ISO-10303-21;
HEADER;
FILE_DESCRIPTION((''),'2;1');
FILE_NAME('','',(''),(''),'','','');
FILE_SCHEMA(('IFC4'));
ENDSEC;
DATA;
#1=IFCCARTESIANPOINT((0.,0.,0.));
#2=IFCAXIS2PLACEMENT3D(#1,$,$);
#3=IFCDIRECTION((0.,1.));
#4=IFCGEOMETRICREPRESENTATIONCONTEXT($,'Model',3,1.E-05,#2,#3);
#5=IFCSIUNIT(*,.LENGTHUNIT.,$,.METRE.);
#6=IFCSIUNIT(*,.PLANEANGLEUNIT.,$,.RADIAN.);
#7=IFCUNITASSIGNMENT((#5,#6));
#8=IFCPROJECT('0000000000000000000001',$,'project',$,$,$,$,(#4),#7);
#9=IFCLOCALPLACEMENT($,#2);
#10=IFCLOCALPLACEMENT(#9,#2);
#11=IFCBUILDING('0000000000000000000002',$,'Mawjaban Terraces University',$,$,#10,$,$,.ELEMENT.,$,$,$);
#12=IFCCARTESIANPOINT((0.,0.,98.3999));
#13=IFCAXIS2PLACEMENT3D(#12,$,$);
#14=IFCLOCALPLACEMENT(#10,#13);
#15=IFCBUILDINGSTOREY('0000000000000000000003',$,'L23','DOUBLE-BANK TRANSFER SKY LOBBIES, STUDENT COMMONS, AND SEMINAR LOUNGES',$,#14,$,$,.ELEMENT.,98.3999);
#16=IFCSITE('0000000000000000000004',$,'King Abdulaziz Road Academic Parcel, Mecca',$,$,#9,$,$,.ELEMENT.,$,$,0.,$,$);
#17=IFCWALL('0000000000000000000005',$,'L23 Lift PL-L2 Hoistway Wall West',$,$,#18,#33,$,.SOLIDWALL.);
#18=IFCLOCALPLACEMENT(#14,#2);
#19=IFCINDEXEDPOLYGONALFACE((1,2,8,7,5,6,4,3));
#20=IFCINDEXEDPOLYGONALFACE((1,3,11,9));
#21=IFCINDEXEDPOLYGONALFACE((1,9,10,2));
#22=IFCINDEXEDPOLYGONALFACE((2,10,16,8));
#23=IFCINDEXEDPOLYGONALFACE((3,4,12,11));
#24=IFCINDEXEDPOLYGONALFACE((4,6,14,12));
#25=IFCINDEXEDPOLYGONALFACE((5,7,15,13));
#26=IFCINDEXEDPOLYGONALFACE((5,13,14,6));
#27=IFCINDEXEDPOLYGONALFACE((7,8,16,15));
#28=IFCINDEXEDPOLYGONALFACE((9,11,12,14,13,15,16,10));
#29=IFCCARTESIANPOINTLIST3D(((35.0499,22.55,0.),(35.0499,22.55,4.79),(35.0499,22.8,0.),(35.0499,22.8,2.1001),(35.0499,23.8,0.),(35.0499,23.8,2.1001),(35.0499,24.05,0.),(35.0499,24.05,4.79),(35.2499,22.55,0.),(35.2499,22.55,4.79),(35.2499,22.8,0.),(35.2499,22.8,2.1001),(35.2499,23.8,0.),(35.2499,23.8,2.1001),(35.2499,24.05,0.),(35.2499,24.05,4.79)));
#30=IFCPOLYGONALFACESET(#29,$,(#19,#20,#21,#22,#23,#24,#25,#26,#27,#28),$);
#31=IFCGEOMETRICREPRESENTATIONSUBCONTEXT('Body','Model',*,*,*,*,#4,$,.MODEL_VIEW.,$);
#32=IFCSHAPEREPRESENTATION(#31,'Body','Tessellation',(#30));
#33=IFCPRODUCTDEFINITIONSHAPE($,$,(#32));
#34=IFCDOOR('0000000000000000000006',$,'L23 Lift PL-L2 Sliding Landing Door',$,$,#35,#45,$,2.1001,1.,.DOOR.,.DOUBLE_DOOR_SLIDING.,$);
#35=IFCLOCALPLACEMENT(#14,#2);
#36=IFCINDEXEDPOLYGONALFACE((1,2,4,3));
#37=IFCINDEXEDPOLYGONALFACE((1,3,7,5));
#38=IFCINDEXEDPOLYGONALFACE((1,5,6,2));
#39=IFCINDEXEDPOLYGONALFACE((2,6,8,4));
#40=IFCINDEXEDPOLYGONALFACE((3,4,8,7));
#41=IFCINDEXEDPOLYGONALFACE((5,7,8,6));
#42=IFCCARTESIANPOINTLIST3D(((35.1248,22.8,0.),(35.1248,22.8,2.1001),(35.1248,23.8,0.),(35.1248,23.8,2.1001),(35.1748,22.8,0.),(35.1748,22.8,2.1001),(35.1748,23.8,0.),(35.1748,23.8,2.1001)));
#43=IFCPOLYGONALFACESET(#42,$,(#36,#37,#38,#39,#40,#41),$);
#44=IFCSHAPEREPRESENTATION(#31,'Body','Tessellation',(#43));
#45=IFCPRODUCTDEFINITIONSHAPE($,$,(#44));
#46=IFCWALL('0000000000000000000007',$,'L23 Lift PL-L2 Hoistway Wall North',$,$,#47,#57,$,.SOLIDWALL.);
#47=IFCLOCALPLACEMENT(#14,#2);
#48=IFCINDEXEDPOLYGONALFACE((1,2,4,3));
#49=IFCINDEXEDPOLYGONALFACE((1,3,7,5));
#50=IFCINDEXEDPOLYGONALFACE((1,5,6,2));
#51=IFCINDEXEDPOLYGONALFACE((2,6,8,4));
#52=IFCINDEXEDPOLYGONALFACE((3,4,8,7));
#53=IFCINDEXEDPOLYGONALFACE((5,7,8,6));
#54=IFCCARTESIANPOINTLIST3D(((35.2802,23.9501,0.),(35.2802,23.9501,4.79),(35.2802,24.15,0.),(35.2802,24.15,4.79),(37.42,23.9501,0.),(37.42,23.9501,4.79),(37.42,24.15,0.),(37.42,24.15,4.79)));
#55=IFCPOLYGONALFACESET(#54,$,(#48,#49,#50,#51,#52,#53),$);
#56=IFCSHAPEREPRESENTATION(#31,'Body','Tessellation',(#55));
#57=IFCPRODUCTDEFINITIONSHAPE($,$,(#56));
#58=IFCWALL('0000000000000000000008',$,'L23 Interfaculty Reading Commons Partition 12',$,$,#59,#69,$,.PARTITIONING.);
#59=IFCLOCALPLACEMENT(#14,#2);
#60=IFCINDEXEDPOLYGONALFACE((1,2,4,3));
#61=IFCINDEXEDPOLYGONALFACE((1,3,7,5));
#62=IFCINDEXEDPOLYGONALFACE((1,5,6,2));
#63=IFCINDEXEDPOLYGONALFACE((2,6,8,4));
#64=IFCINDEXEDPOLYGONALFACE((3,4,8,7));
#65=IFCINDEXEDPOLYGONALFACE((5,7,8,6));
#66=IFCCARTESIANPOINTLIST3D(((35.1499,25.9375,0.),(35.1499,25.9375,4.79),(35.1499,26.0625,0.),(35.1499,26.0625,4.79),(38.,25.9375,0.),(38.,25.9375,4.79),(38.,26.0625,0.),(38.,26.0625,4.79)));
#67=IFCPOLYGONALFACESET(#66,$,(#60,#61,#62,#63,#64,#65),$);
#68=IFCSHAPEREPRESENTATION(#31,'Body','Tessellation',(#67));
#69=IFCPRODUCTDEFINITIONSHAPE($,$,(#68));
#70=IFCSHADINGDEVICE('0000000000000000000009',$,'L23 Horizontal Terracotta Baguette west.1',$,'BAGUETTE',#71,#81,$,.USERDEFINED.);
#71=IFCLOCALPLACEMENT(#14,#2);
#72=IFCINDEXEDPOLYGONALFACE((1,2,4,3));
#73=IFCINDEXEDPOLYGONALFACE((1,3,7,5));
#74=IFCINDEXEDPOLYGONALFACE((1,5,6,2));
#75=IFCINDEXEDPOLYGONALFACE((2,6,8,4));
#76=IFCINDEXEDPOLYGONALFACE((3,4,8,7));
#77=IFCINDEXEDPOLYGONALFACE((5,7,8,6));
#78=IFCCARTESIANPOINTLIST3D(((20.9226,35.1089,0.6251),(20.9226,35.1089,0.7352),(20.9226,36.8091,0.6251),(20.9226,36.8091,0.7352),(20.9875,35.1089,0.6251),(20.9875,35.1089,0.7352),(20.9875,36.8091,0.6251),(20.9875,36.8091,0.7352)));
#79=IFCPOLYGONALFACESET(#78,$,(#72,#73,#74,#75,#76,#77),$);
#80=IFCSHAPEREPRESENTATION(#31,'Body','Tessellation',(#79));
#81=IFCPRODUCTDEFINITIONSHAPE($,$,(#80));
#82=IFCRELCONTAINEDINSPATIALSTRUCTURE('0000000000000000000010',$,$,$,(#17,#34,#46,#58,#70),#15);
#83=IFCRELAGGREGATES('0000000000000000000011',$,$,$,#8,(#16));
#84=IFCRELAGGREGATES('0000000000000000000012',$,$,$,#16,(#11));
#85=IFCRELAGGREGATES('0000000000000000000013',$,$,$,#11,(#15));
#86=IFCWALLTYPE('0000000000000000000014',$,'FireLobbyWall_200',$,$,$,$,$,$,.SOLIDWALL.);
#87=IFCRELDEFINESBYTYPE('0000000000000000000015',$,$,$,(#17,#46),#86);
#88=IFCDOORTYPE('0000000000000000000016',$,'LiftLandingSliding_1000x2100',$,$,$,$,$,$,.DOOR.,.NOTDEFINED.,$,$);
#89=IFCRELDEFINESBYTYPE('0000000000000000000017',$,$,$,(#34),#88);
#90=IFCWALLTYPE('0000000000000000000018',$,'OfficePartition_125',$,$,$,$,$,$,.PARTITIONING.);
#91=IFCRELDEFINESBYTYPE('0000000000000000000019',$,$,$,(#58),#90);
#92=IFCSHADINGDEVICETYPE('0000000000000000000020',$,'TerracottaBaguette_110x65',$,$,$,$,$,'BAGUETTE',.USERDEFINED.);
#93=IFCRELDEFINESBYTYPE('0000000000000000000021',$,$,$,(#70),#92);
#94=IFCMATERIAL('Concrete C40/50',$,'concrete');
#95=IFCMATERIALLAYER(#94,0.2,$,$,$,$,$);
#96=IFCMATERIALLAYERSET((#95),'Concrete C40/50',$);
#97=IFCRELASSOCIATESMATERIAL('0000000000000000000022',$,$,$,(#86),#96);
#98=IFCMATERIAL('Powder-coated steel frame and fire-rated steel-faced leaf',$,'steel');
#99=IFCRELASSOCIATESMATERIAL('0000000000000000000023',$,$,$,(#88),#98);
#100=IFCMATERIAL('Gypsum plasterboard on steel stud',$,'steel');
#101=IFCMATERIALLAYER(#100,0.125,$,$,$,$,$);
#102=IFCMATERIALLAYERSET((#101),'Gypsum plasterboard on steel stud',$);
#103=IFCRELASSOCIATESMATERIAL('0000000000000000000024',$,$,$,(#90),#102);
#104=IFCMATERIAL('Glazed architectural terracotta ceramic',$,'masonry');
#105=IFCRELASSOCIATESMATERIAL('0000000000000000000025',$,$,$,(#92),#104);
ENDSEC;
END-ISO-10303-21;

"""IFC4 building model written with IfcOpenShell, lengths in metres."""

from ifc_helpers import new_model, si_unit, direction, frame, frame_2d, origin, origin_2d, place, context, subcontext, project, spatial, rectangle, extrude, material, layer, layer_set, material_profile, profile_set, type_object, element, fill, save


model = new_model("IFC4")

# Units and contexts
model_context = context("Model", 3, precision=1e-05, world=origin(), true_north=direction((0.0, 1.0)))
body_context = subcontext(model_context, "Body", "Model", "MODEL_VIEW")
ifc_project = project(units=[si_unit("LENGTHUNIT", "METRE"), si_unit("PLANEANGLEUNIT", "RADIAN")], contexts=[model_context])

# Site, building, storey
site_placement = place(None, origin())
site = spatial("IfcSite", under=ifc_project, at=site_placement, Name="King Abdulaziz Road Academic Parcel, Mecca", CompositionType="ELEMENT", RefElevation=0.0)
building_placement = place(site_placement, origin())
building = spatial("IfcBuilding", under=site, at=building_placement, Name="Mawjaban Terraces University", CompositionType="ELEMENT")
storey_placement = place(building_placement, frame((0.0, 0.0, 98.3999)))
storey = spatial("IfcBuildingStorey", under=building, at=storey_placement, Name="L23", Description="DOUBLE-BANK TRANSFER SKY LOBBIES, STUDENT COMMONS, AND SEMINAR LOUNGES", CompositionType="ELEMENT", Elevation=98.3999)

# Wall, opening, door
ifc_material_1 = material(Name="Concrete C40/50", Category="concrete")
ifc_layer_1 = layer(ifc_material_1, 0.2)
ifc_layer_set_1 = layer_set([ifc_layer_1], Name="Concrete C40/50")
wall_type_1 = type_object("IfcWallType", Name="FireLobbyWall_200", PredefinedType="SOLIDWALL", material=ifc_layer_set_1)
wall_1_placement = place(storey_placement, frame((35.1499, 24.05, 0.0), z_axis=(0.0, 0.0, 1.0), x_axis=(0.0, -1.0, 0.0)))
wall_1 = element("IfcWall", 1, at=wall_1_placement, inside=storey, type_object=wall_type_1, Name="L23 Lift PL-L2 Hoistway Wall West", PredefinedType="SOLIDWALL", context=body_context, shape_type="SweptSolid", body=[
    extrude(rectangle(XDim=1.5, YDim=0.2, at=frame_2d((0.75, 0.0))), origin(), (0.0, 0.0, 1.0), 4.79),
])
opening_1_placement = place(wall_1_placement, frame((0.25, 0.0, 0.0)))
opening_1 = element("IfcOpeningElement", 2, at=opening_1_placement, cuts=wall_1, PredefinedType="OPENING", context=body_context, shape_type="SweptSolid", body=[
    extrude(rectangle(XDim=1.0, YDim=2.1001, at=frame_2d((0.5, 1.05))), frame((0.0, 0.1099, 0.0), z_axis=(0.0, -1.0, 0.0), x_axis=(1.0, 0.0, 0.0)), (0.0, 0.0, 1.0), 0.22),
])
ifc_material_2 = material(Name="Powder-coated steel frame and fire-rated steel-faced leaf", Category="steel")
door_type_1 = type_object("IfcDoorType", Name="LiftLandingSliding_1000x2100", OperationType="NOTDEFINED", PredefinedType="DOOR", material=ifc_material_2)
door_1_placement = place(opening_1_placement, origin())
door_1 = element("IfcDoor", 3, at=door_1_placement, inside=storey, type_object=door_type_1, Name="L23 Lift PL-L2 Sliding Landing Door", OperationType="DOUBLE_DOOR_SLIDING", OverallHeight=2.1001, OverallWidth=1.0, PredefinedType="DOOR", context=body_context, shape_type="SweptSolid", body=[
    extrude(rectangle(XDim=1.0, YDim=2.1001, at=frame_2d((0.5, 1.05))), frame((0.0, 0.0249, 0.0), z_axis=(0.0, -1.0, 0.0), x_axis=(1.0, 0.0, 0.0)), (0.0, 0.0, 1.0), 0.05),
])
fill(opening_1, door_1)

# Walls
wall_2_placement = place(storey_placement, frame((37.4199, 24.05, 0.0), z_axis=(0.0, 0.0, 1.0), x_axis=(-1.0, 0.0, 0.0)))
element("IfcWall", 4, at=wall_2_placement, inside=storey, type_object=wall_type_1, Name="L23 Lift PL-L2 Hoistway Wall North", PredefinedType="SOLIDWALL", context=body_context, shape_type="SweptSolid", body=[
    extrude(rectangle(XDim=2.1399, YDim=0.2, at=frame_2d((1.0698, 0.0))), origin(), (0.0, 0.0, 1.0), 4.79),
])
ifc_material_3 = material(Name="Gypsum plasterboard on steel stud", Category="steel")
ifc_layer_2 = layer(ifc_material_3, 0.125)
ifc_layer_set_2 = layer_set([ifc_layer_2], Name="Gypsum plasterboard on steel stud")
wall_type_2 = type_object("IfcWallType", Name="OfficePartition_125", PredefinedType="PARTITIONING", material=ifc_layer_set_2)
wall_3_placement = place(storey_placement, frame((35.1499, 26.0, 0.0), z_axis=(0.0, 0.0, 1.0), x_axis=(1.0, 0.0, 0.0)))
element("IfcWall", 5, at=wall_3_placement, inside=storey, type_object=wall_type_2, Name="L23 Interfaculty Reading Commons Partition 12", PredefinedType="PARTITIONING", context=body_context, shape_type="SweptSolid", body=[
    extrude(rectangle(XDim=2.8501, YDim=0.125, at=frame_2d((1.425, 0.0))), origin(), (0.0, 0.0, 1.0), 4.79),
])

# Shading device
ifc_material_4 = material(Name="Glazed architectural terracotta ceramic", Category="masonry")
ifc_material_profile_1 = material_profile(ifc_material_4, rectangle(XDim=0.0649, YDim=0.1101, at=origin_2d()), Name="TBAG110X65")
ifc_profile_set_1 = profile_set([ifc_material_profile_1], Name="Glazed architectural terracotta ceramic")
shading_device_type = type_object("IfcShadingDeviceType", Name="TerracottaBaguette_110x65", ElementType="BAGUETTE", PredefinedType="USERDEFINED", material=ifc_profile_set_1)
shading_device_placement = place(storey_placement, frame((20.9551, 35.1089, 0.6802), z_axis=(0.0, 1.0, 0.0), x_axis=(-1.0, 0.0, 0.0)))
element("IfcShadingDevice", 6, at=shading_device_placement, inside=storey, type_object=shading_device_type, Name="L23 Horizontal Terracotta Baguette west.1", ObjectType="BAGUETTE", PredefinedType="USERDEFINED", context=body_context, shape_type="SweptSolid", body=[
    extrude(rectangle(XDim=0.0649, YDim=0.1101, at=origin_2d()), origin(), (0.0, 0.0, 1.0), 1.7002),
])

save(model, "model.ifc")
